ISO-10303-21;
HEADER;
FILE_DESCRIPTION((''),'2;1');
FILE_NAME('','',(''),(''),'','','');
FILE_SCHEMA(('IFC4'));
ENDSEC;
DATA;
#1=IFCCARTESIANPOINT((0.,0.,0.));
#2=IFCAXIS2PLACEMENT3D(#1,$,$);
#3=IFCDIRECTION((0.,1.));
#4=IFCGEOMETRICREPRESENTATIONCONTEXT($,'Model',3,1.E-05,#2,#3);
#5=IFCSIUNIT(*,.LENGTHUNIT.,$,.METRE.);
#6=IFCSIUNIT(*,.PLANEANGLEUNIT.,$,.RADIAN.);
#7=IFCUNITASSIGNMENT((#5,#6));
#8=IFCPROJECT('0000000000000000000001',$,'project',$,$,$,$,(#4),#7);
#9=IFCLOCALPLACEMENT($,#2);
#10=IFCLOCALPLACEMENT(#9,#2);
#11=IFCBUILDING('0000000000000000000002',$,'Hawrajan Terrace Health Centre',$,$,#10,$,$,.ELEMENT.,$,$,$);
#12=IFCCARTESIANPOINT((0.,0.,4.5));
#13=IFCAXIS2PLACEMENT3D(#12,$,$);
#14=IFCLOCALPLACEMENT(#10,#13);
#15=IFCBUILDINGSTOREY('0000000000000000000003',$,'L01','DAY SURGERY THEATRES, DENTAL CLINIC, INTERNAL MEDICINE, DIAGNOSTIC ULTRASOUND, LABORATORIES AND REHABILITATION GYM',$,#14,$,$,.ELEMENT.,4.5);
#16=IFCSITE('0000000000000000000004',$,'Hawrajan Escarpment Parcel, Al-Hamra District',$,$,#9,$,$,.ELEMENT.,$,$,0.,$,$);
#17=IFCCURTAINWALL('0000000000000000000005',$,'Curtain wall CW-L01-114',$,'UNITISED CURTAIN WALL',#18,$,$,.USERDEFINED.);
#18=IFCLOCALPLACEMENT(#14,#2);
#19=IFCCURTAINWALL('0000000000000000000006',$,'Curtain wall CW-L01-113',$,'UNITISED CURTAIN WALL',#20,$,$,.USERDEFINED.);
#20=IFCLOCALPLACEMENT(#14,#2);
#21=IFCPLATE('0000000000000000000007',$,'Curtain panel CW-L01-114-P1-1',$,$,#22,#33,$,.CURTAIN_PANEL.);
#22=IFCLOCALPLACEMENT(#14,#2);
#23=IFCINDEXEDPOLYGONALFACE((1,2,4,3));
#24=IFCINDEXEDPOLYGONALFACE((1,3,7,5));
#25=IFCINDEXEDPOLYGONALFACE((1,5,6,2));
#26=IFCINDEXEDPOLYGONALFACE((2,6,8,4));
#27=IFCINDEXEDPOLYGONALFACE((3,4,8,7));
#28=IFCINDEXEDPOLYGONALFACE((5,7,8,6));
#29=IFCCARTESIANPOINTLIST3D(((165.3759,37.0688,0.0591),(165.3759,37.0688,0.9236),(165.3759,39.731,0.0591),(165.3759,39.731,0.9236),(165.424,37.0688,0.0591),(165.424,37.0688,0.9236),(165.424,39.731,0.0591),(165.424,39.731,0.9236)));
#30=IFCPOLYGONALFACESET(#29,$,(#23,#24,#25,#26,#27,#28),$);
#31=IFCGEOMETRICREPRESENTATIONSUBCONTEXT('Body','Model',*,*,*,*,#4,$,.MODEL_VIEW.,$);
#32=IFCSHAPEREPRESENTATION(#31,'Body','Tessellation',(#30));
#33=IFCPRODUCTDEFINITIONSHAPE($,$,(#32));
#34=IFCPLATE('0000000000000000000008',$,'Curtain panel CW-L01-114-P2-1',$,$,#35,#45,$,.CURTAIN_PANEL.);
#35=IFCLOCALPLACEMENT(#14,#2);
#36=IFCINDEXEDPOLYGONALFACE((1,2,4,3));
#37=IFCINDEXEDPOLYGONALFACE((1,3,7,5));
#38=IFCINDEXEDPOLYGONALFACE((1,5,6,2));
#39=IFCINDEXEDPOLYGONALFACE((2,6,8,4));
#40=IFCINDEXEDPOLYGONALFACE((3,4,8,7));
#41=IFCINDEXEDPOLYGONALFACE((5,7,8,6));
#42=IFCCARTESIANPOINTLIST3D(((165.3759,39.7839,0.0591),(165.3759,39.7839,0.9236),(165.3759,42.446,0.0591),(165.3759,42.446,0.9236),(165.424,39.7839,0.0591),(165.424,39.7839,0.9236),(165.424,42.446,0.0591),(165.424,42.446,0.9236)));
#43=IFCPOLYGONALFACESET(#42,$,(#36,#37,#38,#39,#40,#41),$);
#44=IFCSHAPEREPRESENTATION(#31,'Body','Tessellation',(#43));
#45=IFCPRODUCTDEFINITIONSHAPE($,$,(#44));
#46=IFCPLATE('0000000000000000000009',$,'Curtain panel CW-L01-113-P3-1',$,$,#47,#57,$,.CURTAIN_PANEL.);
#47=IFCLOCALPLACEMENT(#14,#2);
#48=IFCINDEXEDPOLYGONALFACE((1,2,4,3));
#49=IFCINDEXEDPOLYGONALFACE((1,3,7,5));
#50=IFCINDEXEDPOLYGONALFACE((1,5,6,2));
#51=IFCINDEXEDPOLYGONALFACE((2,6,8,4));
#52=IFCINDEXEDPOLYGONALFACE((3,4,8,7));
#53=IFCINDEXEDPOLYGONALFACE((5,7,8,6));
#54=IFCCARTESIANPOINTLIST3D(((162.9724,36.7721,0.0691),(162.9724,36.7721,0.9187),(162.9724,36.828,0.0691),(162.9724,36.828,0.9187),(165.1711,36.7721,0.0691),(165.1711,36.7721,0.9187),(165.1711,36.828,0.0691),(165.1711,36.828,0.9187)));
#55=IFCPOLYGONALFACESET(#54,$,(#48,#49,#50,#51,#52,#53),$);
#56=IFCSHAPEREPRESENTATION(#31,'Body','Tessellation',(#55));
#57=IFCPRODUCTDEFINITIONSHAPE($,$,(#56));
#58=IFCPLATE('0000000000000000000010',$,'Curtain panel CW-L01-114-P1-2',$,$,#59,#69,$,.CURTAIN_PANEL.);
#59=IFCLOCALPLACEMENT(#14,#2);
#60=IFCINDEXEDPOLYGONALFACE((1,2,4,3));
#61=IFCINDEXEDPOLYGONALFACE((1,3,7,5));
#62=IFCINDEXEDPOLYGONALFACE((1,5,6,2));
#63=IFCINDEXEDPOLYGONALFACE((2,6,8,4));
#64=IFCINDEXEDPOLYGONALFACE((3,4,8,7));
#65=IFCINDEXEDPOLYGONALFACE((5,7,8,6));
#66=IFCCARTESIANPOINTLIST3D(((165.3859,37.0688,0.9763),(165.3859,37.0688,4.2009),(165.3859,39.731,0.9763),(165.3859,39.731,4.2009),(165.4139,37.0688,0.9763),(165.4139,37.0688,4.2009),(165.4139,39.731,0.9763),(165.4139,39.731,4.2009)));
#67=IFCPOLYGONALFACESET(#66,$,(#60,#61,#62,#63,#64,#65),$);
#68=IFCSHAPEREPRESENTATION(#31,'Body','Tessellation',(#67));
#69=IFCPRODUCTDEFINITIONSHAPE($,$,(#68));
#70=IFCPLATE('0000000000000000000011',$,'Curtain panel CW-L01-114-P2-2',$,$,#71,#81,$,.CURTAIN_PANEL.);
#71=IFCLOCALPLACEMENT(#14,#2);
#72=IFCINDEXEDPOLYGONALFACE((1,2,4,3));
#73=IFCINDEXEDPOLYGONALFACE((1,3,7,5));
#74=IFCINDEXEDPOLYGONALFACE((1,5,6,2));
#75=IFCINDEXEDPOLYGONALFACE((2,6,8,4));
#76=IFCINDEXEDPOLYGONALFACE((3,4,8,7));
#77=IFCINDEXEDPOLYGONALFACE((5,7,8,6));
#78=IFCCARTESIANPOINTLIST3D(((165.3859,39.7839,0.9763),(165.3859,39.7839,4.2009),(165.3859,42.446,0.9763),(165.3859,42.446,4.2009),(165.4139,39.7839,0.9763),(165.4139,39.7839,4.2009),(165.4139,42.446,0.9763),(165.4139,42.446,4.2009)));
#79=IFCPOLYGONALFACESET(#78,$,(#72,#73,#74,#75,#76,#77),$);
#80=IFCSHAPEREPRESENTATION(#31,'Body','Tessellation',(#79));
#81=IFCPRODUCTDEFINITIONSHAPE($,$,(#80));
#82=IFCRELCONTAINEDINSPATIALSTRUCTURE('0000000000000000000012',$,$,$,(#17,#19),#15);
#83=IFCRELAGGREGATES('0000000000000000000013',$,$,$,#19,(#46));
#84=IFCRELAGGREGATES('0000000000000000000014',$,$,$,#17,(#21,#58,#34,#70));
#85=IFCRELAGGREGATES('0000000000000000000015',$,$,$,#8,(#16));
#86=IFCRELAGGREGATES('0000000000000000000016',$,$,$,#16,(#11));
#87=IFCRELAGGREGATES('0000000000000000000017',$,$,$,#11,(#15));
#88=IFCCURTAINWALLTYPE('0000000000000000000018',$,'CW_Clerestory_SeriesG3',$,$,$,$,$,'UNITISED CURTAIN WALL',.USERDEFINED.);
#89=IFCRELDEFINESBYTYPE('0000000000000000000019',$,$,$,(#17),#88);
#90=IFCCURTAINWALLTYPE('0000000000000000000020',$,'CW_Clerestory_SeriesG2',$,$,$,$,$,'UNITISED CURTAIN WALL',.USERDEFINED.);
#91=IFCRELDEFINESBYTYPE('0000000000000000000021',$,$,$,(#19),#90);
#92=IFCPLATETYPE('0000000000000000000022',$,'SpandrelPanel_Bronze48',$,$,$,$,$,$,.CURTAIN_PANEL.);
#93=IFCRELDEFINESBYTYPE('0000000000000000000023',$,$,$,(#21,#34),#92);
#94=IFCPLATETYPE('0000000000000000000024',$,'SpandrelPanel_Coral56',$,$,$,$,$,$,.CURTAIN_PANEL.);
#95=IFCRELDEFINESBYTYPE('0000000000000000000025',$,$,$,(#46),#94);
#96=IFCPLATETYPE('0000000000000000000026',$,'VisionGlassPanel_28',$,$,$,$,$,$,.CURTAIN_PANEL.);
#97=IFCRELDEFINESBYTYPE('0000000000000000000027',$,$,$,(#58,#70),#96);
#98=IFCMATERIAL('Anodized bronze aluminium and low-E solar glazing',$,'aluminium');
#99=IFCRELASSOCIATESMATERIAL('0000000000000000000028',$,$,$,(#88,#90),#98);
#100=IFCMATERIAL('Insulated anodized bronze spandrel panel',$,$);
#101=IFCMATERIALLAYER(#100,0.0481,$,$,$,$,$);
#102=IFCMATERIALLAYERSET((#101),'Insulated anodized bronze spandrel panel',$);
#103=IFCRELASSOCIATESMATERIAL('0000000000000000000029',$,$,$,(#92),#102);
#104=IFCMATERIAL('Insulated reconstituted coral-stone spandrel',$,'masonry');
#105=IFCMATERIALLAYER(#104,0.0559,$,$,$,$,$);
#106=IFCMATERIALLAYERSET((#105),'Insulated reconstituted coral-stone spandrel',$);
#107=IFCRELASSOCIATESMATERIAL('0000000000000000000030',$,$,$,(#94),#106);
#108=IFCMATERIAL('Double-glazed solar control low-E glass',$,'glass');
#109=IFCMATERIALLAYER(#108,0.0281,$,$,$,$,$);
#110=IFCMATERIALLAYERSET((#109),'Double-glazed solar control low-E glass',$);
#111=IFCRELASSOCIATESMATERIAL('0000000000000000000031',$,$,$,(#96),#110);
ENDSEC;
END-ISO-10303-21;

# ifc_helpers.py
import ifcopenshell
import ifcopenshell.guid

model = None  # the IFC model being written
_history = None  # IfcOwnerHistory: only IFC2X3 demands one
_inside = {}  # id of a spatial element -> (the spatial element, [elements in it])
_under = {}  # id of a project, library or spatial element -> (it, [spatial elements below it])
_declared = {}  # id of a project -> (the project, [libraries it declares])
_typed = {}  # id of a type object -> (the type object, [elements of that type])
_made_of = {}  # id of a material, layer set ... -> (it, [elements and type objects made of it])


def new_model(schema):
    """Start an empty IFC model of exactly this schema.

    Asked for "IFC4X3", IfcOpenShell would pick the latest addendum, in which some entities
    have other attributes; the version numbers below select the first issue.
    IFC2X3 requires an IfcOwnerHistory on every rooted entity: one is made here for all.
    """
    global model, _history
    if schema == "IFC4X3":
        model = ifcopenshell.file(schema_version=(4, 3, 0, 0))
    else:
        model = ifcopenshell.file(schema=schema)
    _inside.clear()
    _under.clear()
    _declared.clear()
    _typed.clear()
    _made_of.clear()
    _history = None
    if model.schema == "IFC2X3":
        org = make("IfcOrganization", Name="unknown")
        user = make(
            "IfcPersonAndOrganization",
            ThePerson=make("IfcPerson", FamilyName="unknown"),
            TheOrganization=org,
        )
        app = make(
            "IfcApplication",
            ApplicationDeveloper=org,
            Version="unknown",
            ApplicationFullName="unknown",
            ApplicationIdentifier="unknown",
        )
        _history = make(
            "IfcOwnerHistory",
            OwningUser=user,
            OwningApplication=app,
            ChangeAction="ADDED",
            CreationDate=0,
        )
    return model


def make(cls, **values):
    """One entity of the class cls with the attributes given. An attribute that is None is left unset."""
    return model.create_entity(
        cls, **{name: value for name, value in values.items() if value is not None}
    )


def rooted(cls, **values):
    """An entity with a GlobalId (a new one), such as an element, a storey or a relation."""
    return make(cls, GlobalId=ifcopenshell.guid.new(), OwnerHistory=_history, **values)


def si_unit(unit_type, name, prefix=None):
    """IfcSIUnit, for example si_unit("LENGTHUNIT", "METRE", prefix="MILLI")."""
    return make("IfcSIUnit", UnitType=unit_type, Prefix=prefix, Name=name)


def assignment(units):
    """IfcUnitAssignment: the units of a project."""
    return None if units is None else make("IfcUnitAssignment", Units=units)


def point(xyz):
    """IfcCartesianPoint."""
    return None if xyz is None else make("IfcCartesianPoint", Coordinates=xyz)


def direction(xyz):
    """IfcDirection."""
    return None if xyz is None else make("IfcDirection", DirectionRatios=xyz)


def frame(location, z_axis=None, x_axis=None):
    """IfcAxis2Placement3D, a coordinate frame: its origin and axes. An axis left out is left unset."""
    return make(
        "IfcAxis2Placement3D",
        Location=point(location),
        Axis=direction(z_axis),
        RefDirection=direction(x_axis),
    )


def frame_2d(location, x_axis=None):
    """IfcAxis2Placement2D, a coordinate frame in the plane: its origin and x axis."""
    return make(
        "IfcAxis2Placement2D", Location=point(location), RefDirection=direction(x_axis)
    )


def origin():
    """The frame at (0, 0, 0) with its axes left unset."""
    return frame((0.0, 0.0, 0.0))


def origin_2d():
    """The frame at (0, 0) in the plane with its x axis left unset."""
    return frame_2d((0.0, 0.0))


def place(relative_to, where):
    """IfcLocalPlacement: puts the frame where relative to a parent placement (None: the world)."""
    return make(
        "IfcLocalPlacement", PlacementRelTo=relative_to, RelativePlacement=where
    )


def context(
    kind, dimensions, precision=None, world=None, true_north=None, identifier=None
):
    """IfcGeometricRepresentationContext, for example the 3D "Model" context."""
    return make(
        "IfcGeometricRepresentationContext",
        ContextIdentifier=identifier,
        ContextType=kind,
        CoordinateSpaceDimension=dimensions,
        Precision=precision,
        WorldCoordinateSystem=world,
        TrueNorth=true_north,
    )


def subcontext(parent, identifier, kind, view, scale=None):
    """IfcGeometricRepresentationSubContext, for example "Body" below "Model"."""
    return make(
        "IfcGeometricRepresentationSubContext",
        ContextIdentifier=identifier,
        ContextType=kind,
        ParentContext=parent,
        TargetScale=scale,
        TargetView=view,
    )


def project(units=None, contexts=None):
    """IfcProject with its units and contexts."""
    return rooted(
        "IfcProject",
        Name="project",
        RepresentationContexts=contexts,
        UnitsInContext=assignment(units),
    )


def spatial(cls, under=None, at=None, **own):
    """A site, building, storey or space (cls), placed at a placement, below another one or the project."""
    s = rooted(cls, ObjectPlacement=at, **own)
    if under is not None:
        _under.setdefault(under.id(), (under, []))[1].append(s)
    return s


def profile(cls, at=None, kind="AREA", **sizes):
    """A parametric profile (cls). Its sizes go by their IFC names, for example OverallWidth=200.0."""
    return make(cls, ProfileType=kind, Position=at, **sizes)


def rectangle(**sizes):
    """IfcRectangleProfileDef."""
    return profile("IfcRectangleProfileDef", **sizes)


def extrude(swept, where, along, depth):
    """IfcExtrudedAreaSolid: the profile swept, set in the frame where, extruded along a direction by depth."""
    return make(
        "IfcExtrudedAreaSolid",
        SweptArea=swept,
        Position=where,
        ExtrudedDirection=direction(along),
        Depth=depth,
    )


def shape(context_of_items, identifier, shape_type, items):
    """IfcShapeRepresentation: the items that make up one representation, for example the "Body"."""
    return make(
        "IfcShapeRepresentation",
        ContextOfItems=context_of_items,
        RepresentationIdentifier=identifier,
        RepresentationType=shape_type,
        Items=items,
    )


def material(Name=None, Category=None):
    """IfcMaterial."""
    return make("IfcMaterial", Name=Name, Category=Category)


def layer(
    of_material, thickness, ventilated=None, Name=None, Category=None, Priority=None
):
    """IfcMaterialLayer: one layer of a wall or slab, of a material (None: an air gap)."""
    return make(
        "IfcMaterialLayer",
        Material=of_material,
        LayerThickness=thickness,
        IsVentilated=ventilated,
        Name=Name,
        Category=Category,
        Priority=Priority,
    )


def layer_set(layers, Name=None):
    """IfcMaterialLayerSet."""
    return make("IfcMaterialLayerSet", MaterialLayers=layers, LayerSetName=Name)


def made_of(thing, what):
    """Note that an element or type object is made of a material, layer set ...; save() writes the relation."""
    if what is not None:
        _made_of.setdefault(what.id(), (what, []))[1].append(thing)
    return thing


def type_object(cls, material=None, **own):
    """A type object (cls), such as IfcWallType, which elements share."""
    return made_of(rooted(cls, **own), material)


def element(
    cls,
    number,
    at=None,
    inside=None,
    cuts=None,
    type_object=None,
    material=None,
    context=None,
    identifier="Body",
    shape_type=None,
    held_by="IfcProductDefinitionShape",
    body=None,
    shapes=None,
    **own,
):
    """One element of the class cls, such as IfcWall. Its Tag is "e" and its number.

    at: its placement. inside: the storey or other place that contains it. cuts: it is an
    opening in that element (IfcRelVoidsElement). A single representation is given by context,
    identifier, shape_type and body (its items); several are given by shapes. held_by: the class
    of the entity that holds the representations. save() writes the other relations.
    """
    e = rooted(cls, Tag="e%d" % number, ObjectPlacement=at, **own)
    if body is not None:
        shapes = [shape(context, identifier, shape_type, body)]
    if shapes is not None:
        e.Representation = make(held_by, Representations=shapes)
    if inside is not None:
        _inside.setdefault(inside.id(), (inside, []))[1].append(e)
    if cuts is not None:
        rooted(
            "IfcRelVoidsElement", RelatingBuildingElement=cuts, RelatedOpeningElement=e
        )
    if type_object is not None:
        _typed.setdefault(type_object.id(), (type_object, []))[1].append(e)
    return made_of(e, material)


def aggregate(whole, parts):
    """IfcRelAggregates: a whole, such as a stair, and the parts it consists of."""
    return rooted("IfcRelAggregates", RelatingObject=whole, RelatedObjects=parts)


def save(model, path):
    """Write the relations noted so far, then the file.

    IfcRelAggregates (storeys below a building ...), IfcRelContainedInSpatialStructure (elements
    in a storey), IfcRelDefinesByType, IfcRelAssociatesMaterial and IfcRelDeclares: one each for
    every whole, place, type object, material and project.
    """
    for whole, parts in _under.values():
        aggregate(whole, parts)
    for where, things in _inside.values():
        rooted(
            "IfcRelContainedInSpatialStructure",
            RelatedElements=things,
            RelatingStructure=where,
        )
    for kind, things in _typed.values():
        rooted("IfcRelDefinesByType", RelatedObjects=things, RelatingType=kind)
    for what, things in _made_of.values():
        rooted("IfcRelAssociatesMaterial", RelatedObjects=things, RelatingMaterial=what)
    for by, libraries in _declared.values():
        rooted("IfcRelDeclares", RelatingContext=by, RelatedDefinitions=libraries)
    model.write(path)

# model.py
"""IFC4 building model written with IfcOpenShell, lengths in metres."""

from ifc_helpers import new_model, si_unit, direction, frame, origin, origin_2d, place, context, subcontext, project, spatial, rectangle, extrude, material, layer, layer_set, type_object, element, aggregate, save


model = new_model("IFC4")

# Units and contexts
model_context = context("Model", 3, precision=1e-05, world=origin(), true_north=direction((0.0, 1.0)))
body_context = subcontext(model_context, "Body", "Model", "MODEL_VIEW")
ifc_project = project(units=[si_unit("LENGTHUNIT", "METRE"), si_unit("PLANEANGLEUNIT", "RADIAN")], contexts=[model_context])

# Site, building, storey
site_placement = place(None, origin())
site = spatial("IfcSite", under=ifc_project, at=site_placement, Name="Hawrajan Escarpment Parcel, Al-Hamra District", CompositionType="ELEMENT", RefElevation=0.0)
building_placement = place(site_placement, origin())
building = spatial("IfcBuilding", under=site, at=building_placement, Name="Hawrajan Terrace Health Centre", CompositionType="ELEMENT")
storey_placement = place(building_placement, frame((0.0, 0.0, 4.5)))
storey = spatial("IfcBuildingStorey", under=building, at=storey_placement, Name="L01", Description="DAY SURGERY THEATRES, DENTAL CLINIC, INTERNAL MEDICINE, DIAGNOSTIC ULTRASOUND, LABORATORIES AND REHABILITATION GYM", CompositionType="ELEMENT", Elevation=4.5)

# Curtain wall
ifc_material_1 = material(Name="Anodized bronze aluminium and low-E solar glazing", Category="aluminium")
curtain_wall_type_1 = type_object("IfcCurtainWallType", Name="CW_Clerestory_SeriesG3", ElementType="UNITISED CURTAIN WALL", PredefinedType="USERDEFINED", material=ifc_material_1)
curtain_wall_1_placement = place(storey_placement, origin())
curtain_wall_1 = element("IfcCurtainWall", 1, at=curtain_wall_1_placement, inside=storey, type_object=curtain_wall_type_1, Name="Curtain wall CW-L01-114", ObjectType="UNITISED CURTAIN WALL", PredefinedType="USERDEFINED")

# Curtain wall
curtain_wall_type_2 = type_object("IfcCurtainWallType", Name="CW_Clerestory_SeriesG2", ElementType="UNITISED CURTAIN WALL", PredefinedType="USERDEFINED", material=ifc_material_1)
curtain_wall_2_placement = place(storey_placement, origin())
curtain_wall_2 = element("IfcCurtainWall", 2, at=curtain_wall_2_placement, inside=storey, type_object=curtain_wall_type_2, Name="Curtain wall CW-L01-113", ObjectType="UNITISED CURTAIN WALL", PredefinedType="USERDEFINED")

# Plates
ifc_material_2 = material(Name="Insulated anodized bronze spandrel panel")
ifc_layer_1 = layer(ifc_material_2, 0.0481)
ifc_layer_set_1 = layer_set([ifc_layer_1], Name="Insulated anodized bronze spandrel panel")
plate_type_1 = type_object("IfcPlateType", Name="SpandrelPanel_Bronze48", PredefinedType="CURTAIN_PANEL", material=ifc_layer_set_1)
plate_1_placement = place(storey_placement, frame((165.3999, 38.3999, 0.0591), z_axis=(0.0, 0.0, 1.0), x_axis=(0.0, 1.0, 0.0)))
plate_1 = element("IfcPlate", 3, at=plate_1_placement, type_object=plate_type_1, Name="Curtain panel CW-L01-114-P1-1", PredefinedType="CURTAIN_PANEL", context=body_context, shape_type="SweptSolid", body=[
    extrude(rectangle(XDim=2.6621, YDim=0.0481, at=origin_2d()), origin(), (0.0, 0.0, 1.0), 0.8645),
])
plate_2_placement = place(storey_placement, frame((165.3999, 41.115, 0.0591), z_axis=(0.0, 0.0, 1.0), x_axis=(0.0, 1.0, 0.0)))
plate_2 = element("IfcPlate", 4, at=plate_2_placement, type_object=plate_type_1, Name="Curtain panel CW-L01-114-P2-1", PredefinedType="CURTAIN_PANEL", context=body_context, shape_type="SweptSolid", body=[
    extrude(rectangle(XDim=2.6621, YDim=0.0481, at=origin_2d()), origin(), (0.0, 0.0, 1.0), 0.8645),
])
ifc_material_3 = material(Name="Insulated reconstituted coral-stone spandrel", Category="masonry")
ifc_layer_2 = layer(ifc_material_3, 0.0559)
ifc_layer_set_2 = layer_set([ifc_layer_2], Name="Insulated reconstituted coral-stone spandrel")
plate_type_2 = type_object("IfcPlateType", Name="SpandrelPanel_Coral56", PredefinedType="CURTAIN_PANEL", material=ifc_layer_set_2)
plate_3_placement = place(storey_placement, frame((164.0718, 36.8, 0.0691), z_axis=(0.0, 0.0, 1.0), x_axis=(1.0, 0.0, 0.0)))
plate_3 = element("IfcPlate", 5, at=plate_3_placement, type_object=plate_type_2, Name="Curtain panel CW-L01-113-P3-1", PredefinedType="CURTAIN_PANEL", context=body_context, shape_type="SweptSolid", body=[
    extrude(rectangle(XDim=2.1987, YDim=0.0559, at=origin_2d()), origin(), (0.0, 0.0, 1.0), 0.8496),
])
aggregate(curtain_wall_2, [plate_3])
ifc_material_4 = material(Name="Double-glazed solar control low-E glass", Category="glass")
ifc_layer_3 = layer(ifc_material_4, 0.0281)
ifc_layer_set_3 = layer_set([ifc_layer_3], Name="Double-glazed solar control low-E glass")
plate_type_3 = type_object("IfcPlateType", Name="VisionGlassPanel_28", PredefinedType="CURTAIN_PANEL", material=ifc_layer_set_3)
plate_4_placement = place(storey_placement, frame((165.3999, 38.3999, 0.9763), z_axis=(0.0, 0.0, 1.0), x_axis=(0.0, 1.0, 0.0)))
plate_4 = element("IfcPlate", 6, at=plate_4_placement, type_object=plate_type_3, Name="Curtain panel CW-L01-114-P1-2", PredefinedType="CURTAIN_PANEL", context=body_context, shape_type="SweptSolid", body=[
    extrude(rectangle(XDim=2.6621, YDim=0.0281, at=origin_2d()), origin(), (0.0, 0.0, 1.0), 3.2246),
])
plate_5_placement = place(storey_placement, frame((165.3999, 41.115, 0.9763), z_axis=(0.0, 0.0, 1.0), x_axis=(0.0, 1.0, 0.0)))
plate_5 = element("IfcPlate", 7, at=plate_5_placement, type_object=plate_type_3, Name="Curtain panel CW-L01-114-P2-2", PredefinedType="CURTAIN_PANEL", context=body_context, shape_type="SweptSolid", body=[
    extrude(rectangle(XDim=2.6621, YDim=0.0281, at=origin_2d()), origin(), (0.0, 0.0, 1.0), 3.2246),
])
aggregate(curtain_wall_1, [plate_1, plate_4, plate_2, plate_5])

save(model, "model.ifc")
